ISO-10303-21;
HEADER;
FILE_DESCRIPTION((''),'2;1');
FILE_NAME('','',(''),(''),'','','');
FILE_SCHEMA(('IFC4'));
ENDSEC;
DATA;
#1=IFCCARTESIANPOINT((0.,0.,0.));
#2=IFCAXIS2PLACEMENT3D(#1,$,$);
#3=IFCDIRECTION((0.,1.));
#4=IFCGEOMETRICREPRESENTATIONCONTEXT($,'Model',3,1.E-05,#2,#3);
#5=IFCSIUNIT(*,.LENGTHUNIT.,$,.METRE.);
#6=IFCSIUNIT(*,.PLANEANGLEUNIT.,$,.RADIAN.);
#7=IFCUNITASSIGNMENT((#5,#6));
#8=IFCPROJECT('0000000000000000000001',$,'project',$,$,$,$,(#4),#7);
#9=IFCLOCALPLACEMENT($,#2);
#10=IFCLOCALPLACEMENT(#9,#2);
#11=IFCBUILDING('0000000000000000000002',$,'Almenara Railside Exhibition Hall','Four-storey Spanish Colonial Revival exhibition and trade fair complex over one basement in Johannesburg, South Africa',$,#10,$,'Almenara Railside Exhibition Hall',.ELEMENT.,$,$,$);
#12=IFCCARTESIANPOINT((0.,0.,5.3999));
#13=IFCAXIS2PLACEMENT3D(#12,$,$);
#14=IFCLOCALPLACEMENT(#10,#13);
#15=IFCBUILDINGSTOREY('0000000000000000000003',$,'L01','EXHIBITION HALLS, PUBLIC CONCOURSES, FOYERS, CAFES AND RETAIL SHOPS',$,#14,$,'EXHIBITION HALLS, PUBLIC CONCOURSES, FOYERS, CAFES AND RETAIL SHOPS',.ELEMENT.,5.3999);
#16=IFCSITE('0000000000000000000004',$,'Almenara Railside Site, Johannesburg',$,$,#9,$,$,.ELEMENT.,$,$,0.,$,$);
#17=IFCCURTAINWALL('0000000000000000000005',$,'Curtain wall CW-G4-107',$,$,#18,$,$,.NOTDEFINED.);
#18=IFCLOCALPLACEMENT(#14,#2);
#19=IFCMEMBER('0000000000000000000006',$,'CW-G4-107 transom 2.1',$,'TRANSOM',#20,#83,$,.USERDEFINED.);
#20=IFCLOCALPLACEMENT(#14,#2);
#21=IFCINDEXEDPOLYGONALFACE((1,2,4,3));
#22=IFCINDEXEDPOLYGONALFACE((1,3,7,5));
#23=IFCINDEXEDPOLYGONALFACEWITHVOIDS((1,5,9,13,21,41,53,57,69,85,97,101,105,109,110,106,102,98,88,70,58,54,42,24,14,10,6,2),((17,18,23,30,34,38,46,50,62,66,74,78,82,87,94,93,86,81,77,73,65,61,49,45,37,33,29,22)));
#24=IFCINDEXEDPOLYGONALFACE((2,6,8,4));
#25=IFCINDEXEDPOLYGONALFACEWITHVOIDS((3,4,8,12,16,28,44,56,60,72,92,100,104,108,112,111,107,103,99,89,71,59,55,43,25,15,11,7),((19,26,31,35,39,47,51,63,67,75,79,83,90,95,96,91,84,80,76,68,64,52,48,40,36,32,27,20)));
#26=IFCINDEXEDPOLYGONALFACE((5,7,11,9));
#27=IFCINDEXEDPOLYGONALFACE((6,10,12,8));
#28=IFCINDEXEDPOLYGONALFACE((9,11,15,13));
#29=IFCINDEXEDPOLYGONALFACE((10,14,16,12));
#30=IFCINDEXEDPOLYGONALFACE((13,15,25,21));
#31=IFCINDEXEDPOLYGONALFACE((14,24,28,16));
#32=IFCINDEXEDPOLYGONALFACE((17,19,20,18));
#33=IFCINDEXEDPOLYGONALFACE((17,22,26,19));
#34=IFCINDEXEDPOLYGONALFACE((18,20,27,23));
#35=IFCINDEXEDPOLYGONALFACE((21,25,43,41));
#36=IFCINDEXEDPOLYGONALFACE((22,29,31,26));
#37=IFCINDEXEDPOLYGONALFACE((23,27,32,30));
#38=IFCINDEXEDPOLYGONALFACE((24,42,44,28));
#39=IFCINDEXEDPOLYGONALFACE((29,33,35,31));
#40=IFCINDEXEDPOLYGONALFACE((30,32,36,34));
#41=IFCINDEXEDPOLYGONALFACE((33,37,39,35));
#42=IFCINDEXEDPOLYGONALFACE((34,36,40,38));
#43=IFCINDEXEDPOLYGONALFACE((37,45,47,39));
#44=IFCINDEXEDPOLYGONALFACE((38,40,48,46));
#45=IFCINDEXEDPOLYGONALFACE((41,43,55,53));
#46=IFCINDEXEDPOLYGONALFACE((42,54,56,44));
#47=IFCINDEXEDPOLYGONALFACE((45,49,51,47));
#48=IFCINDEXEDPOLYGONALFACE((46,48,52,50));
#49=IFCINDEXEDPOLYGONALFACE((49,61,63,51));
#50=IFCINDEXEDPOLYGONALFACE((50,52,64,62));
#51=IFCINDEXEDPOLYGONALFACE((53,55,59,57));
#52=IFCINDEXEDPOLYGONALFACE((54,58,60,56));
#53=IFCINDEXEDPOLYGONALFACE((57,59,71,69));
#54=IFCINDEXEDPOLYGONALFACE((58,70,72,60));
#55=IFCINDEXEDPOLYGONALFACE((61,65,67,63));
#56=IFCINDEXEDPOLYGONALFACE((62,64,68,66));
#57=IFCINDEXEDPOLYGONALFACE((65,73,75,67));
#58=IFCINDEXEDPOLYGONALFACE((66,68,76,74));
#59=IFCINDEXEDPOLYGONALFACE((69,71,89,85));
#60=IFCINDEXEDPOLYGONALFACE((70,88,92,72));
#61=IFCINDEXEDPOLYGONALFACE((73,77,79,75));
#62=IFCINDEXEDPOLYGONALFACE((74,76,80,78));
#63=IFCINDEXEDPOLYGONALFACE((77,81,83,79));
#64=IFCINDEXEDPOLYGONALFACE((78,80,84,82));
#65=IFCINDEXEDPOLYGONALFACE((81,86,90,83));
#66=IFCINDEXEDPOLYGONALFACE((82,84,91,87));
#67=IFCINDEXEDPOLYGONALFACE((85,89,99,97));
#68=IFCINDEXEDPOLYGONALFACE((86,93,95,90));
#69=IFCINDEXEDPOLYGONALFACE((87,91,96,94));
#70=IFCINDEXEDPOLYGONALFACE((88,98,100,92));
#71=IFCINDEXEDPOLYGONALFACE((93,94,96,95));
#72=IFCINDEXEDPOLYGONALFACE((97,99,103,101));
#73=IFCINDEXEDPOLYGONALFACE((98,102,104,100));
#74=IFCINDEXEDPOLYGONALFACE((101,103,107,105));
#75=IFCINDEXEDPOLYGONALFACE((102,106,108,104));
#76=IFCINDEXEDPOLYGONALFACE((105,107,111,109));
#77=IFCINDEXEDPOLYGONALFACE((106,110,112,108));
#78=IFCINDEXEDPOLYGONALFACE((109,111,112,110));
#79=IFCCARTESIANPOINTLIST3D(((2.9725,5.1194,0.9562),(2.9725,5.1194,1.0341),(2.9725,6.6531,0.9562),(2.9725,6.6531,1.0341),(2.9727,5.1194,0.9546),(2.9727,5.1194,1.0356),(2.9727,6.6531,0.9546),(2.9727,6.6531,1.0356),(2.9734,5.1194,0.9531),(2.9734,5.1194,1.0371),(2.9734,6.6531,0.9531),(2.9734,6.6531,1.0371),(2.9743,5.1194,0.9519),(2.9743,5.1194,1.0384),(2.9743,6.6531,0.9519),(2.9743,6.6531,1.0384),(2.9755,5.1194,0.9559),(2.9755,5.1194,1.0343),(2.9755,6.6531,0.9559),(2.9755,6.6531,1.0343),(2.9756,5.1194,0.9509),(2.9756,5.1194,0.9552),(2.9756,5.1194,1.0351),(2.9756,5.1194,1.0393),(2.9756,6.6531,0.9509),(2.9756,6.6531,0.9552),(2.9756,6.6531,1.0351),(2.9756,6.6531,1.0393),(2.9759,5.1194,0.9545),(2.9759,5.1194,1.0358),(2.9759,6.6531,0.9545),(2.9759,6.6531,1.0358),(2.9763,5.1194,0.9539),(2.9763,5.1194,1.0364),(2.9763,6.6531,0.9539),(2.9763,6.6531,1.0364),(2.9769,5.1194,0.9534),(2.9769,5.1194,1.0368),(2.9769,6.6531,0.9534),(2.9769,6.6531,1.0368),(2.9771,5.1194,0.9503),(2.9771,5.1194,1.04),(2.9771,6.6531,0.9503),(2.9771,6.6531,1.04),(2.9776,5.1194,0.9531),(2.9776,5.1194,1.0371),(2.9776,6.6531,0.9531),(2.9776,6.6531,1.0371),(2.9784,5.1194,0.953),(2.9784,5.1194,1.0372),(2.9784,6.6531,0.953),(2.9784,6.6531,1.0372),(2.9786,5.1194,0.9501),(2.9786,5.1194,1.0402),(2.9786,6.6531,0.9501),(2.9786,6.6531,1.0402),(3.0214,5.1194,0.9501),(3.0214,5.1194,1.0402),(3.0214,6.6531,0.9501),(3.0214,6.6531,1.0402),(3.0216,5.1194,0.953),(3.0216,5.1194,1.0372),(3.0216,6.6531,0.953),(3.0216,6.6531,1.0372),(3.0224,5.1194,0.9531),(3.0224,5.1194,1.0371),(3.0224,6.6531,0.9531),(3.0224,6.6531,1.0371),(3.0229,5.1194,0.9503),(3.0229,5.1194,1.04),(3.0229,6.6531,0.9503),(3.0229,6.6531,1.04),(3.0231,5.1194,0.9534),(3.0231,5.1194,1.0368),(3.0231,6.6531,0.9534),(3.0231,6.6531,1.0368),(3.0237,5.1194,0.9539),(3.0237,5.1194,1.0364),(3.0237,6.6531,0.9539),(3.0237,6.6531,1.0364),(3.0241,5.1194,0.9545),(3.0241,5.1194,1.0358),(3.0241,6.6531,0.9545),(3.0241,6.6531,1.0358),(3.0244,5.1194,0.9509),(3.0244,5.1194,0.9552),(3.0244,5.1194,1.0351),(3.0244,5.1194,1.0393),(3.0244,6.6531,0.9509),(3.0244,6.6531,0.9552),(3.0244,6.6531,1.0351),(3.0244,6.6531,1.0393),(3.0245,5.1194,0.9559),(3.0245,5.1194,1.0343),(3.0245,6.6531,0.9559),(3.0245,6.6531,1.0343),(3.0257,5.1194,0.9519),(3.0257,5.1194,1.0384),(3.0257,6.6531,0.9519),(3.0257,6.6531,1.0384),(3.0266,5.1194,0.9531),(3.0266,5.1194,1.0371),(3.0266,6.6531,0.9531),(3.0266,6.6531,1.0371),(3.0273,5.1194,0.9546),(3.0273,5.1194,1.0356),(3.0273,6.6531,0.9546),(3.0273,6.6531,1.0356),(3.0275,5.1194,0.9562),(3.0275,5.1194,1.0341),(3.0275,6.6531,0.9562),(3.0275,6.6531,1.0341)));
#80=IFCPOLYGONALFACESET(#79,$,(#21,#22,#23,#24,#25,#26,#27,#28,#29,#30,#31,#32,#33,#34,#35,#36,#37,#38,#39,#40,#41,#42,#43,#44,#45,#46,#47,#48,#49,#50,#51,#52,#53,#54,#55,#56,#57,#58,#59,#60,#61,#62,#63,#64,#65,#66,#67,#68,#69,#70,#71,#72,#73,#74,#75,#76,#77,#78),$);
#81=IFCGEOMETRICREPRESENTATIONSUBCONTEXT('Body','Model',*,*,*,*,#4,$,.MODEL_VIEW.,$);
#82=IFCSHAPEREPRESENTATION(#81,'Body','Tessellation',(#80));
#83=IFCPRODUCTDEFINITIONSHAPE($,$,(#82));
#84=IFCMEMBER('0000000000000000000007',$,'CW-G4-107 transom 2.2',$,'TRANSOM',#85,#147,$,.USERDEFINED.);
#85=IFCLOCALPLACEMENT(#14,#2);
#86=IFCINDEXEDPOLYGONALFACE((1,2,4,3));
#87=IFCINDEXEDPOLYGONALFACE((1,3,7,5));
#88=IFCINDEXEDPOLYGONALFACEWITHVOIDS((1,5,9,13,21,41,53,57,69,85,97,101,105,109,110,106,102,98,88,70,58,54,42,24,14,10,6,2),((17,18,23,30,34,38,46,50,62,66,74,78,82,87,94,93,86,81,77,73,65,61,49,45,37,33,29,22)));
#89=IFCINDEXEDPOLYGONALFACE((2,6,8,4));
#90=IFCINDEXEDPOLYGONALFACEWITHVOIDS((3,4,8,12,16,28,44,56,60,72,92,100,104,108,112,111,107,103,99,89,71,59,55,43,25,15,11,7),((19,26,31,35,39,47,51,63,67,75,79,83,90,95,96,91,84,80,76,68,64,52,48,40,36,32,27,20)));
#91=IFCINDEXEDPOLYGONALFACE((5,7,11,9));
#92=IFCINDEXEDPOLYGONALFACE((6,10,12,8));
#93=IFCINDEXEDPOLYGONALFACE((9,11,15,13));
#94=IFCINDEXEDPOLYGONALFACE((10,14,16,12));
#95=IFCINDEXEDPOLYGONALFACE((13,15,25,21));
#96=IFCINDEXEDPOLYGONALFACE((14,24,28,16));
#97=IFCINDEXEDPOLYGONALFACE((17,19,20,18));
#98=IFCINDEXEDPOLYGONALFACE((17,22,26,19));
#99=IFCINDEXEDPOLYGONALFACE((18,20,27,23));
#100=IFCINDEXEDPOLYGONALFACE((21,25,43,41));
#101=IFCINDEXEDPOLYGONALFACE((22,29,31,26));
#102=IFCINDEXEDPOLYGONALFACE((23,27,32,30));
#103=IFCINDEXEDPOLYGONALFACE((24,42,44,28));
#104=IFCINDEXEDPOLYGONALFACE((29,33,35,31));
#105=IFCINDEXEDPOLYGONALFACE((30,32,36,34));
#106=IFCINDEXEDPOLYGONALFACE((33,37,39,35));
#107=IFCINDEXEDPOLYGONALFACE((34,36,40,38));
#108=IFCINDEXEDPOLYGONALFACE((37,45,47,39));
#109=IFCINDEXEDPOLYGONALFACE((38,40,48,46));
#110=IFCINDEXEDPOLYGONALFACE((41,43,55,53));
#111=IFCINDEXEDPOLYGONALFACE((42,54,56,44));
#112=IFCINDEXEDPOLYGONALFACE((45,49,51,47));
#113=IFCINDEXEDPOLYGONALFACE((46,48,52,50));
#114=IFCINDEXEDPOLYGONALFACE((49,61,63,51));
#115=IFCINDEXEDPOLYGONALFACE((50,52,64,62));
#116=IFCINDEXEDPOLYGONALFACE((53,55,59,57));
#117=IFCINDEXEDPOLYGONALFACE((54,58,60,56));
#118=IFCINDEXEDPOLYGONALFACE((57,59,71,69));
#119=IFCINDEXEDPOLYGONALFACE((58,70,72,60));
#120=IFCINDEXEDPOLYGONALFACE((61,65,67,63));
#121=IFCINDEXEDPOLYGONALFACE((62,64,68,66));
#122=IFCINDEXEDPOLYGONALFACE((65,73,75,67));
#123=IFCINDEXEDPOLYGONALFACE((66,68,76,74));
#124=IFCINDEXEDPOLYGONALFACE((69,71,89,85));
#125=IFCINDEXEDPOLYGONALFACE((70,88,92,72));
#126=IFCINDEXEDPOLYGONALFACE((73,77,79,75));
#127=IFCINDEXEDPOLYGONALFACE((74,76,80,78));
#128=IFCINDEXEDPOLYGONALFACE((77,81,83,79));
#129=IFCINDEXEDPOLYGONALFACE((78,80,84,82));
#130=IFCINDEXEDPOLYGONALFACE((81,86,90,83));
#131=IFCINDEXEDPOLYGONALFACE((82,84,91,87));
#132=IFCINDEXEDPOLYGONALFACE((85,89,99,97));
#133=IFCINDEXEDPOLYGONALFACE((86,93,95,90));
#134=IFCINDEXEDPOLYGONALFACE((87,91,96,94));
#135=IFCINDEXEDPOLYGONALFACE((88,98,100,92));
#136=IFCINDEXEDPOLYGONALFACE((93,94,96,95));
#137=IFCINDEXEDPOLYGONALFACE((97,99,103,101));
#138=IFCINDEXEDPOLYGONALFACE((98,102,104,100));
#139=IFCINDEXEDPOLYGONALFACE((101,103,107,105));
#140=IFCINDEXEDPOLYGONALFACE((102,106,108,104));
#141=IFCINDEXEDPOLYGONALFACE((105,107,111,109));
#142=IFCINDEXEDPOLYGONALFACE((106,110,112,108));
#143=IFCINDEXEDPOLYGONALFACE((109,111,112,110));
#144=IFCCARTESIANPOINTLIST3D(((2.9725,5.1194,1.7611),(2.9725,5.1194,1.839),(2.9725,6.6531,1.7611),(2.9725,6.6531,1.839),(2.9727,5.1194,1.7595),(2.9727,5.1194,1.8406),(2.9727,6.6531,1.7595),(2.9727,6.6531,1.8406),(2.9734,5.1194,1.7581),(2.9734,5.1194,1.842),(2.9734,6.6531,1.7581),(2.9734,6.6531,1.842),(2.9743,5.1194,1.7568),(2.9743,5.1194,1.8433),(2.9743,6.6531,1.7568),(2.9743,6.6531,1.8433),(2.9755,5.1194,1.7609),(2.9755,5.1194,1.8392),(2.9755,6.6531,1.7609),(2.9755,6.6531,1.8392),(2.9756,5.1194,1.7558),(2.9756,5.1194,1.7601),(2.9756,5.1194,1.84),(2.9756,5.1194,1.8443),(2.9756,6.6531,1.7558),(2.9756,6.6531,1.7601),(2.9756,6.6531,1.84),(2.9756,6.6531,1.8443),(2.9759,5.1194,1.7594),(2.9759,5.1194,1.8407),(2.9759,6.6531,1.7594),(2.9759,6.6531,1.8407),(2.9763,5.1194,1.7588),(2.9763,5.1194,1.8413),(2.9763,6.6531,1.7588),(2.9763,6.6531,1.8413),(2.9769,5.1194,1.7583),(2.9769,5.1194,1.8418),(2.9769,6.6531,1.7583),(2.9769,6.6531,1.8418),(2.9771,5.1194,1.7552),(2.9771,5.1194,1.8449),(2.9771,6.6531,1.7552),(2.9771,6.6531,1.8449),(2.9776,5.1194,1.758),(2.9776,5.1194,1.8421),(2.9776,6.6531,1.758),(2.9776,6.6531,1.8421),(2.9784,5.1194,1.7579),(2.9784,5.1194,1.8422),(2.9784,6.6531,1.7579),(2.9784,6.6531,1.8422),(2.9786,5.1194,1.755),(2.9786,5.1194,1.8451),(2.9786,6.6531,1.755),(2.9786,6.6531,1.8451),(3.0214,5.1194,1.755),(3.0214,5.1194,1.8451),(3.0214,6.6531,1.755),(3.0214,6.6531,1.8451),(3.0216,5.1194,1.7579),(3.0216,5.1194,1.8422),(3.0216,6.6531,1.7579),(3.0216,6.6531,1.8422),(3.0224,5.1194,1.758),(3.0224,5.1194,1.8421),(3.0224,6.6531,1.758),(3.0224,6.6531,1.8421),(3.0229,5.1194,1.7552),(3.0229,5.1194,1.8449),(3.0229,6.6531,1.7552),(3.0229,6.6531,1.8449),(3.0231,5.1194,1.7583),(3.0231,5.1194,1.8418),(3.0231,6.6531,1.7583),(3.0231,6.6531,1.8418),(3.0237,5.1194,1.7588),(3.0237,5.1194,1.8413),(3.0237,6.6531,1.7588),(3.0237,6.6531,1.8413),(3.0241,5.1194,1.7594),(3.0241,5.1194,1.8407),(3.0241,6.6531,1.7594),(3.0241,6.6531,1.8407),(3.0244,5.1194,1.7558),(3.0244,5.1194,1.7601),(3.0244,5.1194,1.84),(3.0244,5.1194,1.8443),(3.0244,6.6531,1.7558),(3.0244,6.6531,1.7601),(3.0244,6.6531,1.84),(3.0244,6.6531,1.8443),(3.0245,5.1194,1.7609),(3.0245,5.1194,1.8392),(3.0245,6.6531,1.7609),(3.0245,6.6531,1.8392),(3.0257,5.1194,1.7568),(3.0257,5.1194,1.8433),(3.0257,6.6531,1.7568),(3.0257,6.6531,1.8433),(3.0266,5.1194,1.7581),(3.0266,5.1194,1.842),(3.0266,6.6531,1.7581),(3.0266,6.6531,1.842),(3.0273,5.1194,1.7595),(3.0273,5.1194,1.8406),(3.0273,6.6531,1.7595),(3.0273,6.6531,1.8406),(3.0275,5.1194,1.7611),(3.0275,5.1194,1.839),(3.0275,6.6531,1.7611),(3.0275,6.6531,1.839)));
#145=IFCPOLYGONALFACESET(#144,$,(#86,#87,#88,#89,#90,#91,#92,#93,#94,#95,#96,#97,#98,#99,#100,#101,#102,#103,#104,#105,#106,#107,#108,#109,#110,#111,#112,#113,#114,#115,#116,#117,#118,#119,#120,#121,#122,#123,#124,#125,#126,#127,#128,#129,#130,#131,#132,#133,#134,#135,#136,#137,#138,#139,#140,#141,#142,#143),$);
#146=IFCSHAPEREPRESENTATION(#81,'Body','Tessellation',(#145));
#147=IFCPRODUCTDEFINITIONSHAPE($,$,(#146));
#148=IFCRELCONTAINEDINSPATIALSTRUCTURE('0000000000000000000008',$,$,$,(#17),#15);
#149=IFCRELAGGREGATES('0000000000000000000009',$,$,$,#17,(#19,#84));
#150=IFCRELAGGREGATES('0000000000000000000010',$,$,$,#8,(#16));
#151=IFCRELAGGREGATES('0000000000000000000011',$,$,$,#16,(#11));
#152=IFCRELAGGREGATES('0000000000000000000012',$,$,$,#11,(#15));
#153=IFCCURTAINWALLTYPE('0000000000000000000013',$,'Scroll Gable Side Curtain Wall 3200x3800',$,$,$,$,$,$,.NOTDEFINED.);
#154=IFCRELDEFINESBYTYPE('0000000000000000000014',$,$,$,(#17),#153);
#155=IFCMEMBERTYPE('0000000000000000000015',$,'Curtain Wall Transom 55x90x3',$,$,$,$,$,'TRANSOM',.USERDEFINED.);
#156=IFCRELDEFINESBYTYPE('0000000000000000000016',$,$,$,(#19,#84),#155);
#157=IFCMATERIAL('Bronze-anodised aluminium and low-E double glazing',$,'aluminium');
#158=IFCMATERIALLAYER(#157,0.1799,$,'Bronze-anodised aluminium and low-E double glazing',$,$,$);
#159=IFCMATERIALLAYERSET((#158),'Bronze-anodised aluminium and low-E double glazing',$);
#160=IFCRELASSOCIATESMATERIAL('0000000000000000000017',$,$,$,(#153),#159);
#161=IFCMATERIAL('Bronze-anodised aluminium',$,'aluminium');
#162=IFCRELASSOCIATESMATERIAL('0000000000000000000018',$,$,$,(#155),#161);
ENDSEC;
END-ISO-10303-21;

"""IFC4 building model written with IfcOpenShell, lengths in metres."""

from ifc_helpers import new_model, si_unit, direction, frame, origin, origin_2d, place, context, subcontext, project, spatial, hollow_rectangle, extrude, material, layer, layer_set, material_profile, profile_set, type_object, element, aggregate, save


model = new_model("IFC4")

# Units and contexts
model_context = context("Model", 3, precision=1e-05, world=origin(), true_north=direction((0.0, 1.0)))
body_context = subcontext(model_context, "Body", "Model", "MODEL_VIEW")
ifc_project = project(units=[si_unit("LENGTHUNIT", "METRE"), si_unit("PLANEANGLEUNIT", "RADIAN")], contexts=[model_context])

# Site, building, storey
site_placement = place(None, origin())
site = spatial("IfcSite", under=ifc_project, at=site_placement, Name="Almenara Railside Site, Johannesburg", CompositionType="ELEMENT", RefElevation=0.0)
building_placement = place(site_placement, origin())
building = spatial("IfcBuilding", under=site, at=building_placement, Name="Almenara Railside Exhibition Hall", Description="Four-storey Spanish Colonial Revival exhibition and trade fair complex over one basement in Johannesburg, South Africa", LongName="Almenara Railside Exhibition Hall", CompositionType="ELEMENT")
storey_placement = place(building_placement, frame((0.0, 0.0, 5.3999)))
storey = spatial("IfcBuildingStorey", under=building, at=storey_placement, Name="L01", Description="EXHIBITION HALLS, PUBLIC CONCOURSES, FOYERS, CAFES AND RETAIL SHOPS", LongName="EXHIBITION HALLS, PUBLIC CONCOURSES, FOYERS, CAFES AND RETAIL SHOPS", CompositionType="ELEMENT", Elevation=5.3999)

# Curtain wall
ifc_material_1 = material(Name="Bronze-anodised aluminium and low-E double glazing", Category="aluminium")
ifc_layer_1 = layer(ifc_material_1, 0.1799, Name="Bronze-anodised aluminium and low-E double glazing")
ifc_layer_set_1 = layer_set([ifc_layer_1], Name="Bronze-anodised aluminium and low-E double glazing")
curtain_wall_type = type_object("IfcCurtainWallType", Name="Scroll Gable Side Curtain Wall 3200x3800", PredefinedType="NOTDEFINED", material=ifc_layer_set_1)
curtain_wall_1_placement = place(storey_placement, origin())
curtain_wall_1 = element("IfcCurtainWall", 1, at=curtain_wall_1_placement, inside=storey, type_object=curtain_wall_type, Name="Curtain wall CW-G4-107", PredefinedType="NOTDEFINED")
ifc_material_2 = material(Name="Bronze-anodised aluminium", Category="aluminium")

# Members
ifc_material_profile_1 = material_profile(ifc_material_2, hollow_rectangle(XDim=0.0549, YDim=0.0901, WallThickness=0.0029, InnerFilletRadius=0.0029, OuterFilletRadius=0.0061, at=origin_2d()), Name="ALU-TRN 55x90x3")
ifc_profile_set_1 = profile_set([ifc_material_profile_1], Name="Bronze-anodised aluminium")
member_type_1 = type_object("IfcMemberType", Name="Curtain Wall Transom 55x90x3", ElementType="TRANSOM", PredefinedType="USERDEFINED", material=ifc_profile_set_1)
member_1_placement = place(storey_placement, frame((3.0, 5.1194, 0.9951), z_axis=(0.0, 1.0, 0.0), x_axis=(-1.0, 0.0, 0.0)))
member_1 = element("IfcMember", 2, at=member_1_placement, type_object=member_type_1, Name="CW-G4-107 transom 2.1", ObjectType="TRANSOM", PredefinedType="USERDEFINED", context=body_context, shape_type="SweptSolid", body=[
    extrude(hollow_rectangle(XDim=0.0549, YDim=0.0901, WallThickness=0.0029, InnerFilletRadius=0.0029, OuterFilletRadius=0.0061, at=origin_2d()), origin(), (0.0, 0.0, 1.0), 1.5337),
])
member_2_placement = place(storey_placement, frame((3.0, 5.1194, 1.8), z_axis=(0.0, 1.0, 0.0), x_axis=(-1.0, 0.0, 0.0)))
member_2 = element("IfcMember", 3, at=member_2_placement, type_object=member_type_1, Name="CW-G4-107 transom 2.2", ObjectType="TRANSOM", PredefinedType="USERDEFINED", context=body_context, shape_type="SweptSolid", body=[
    extrude(hollow_rectangle(XDim=0.0549, YDim=0.0901, WallThickness=0.0029, InnerFilletRadius=0.0029, OuterFilletRadius=0.0061, at=origin_2d()), origin(), (0.0, 0.0, 1.0), 1.5337),
])

aggregate(curtain_wall_1, [member_1, member_2])

save(model, "model.ifc")
